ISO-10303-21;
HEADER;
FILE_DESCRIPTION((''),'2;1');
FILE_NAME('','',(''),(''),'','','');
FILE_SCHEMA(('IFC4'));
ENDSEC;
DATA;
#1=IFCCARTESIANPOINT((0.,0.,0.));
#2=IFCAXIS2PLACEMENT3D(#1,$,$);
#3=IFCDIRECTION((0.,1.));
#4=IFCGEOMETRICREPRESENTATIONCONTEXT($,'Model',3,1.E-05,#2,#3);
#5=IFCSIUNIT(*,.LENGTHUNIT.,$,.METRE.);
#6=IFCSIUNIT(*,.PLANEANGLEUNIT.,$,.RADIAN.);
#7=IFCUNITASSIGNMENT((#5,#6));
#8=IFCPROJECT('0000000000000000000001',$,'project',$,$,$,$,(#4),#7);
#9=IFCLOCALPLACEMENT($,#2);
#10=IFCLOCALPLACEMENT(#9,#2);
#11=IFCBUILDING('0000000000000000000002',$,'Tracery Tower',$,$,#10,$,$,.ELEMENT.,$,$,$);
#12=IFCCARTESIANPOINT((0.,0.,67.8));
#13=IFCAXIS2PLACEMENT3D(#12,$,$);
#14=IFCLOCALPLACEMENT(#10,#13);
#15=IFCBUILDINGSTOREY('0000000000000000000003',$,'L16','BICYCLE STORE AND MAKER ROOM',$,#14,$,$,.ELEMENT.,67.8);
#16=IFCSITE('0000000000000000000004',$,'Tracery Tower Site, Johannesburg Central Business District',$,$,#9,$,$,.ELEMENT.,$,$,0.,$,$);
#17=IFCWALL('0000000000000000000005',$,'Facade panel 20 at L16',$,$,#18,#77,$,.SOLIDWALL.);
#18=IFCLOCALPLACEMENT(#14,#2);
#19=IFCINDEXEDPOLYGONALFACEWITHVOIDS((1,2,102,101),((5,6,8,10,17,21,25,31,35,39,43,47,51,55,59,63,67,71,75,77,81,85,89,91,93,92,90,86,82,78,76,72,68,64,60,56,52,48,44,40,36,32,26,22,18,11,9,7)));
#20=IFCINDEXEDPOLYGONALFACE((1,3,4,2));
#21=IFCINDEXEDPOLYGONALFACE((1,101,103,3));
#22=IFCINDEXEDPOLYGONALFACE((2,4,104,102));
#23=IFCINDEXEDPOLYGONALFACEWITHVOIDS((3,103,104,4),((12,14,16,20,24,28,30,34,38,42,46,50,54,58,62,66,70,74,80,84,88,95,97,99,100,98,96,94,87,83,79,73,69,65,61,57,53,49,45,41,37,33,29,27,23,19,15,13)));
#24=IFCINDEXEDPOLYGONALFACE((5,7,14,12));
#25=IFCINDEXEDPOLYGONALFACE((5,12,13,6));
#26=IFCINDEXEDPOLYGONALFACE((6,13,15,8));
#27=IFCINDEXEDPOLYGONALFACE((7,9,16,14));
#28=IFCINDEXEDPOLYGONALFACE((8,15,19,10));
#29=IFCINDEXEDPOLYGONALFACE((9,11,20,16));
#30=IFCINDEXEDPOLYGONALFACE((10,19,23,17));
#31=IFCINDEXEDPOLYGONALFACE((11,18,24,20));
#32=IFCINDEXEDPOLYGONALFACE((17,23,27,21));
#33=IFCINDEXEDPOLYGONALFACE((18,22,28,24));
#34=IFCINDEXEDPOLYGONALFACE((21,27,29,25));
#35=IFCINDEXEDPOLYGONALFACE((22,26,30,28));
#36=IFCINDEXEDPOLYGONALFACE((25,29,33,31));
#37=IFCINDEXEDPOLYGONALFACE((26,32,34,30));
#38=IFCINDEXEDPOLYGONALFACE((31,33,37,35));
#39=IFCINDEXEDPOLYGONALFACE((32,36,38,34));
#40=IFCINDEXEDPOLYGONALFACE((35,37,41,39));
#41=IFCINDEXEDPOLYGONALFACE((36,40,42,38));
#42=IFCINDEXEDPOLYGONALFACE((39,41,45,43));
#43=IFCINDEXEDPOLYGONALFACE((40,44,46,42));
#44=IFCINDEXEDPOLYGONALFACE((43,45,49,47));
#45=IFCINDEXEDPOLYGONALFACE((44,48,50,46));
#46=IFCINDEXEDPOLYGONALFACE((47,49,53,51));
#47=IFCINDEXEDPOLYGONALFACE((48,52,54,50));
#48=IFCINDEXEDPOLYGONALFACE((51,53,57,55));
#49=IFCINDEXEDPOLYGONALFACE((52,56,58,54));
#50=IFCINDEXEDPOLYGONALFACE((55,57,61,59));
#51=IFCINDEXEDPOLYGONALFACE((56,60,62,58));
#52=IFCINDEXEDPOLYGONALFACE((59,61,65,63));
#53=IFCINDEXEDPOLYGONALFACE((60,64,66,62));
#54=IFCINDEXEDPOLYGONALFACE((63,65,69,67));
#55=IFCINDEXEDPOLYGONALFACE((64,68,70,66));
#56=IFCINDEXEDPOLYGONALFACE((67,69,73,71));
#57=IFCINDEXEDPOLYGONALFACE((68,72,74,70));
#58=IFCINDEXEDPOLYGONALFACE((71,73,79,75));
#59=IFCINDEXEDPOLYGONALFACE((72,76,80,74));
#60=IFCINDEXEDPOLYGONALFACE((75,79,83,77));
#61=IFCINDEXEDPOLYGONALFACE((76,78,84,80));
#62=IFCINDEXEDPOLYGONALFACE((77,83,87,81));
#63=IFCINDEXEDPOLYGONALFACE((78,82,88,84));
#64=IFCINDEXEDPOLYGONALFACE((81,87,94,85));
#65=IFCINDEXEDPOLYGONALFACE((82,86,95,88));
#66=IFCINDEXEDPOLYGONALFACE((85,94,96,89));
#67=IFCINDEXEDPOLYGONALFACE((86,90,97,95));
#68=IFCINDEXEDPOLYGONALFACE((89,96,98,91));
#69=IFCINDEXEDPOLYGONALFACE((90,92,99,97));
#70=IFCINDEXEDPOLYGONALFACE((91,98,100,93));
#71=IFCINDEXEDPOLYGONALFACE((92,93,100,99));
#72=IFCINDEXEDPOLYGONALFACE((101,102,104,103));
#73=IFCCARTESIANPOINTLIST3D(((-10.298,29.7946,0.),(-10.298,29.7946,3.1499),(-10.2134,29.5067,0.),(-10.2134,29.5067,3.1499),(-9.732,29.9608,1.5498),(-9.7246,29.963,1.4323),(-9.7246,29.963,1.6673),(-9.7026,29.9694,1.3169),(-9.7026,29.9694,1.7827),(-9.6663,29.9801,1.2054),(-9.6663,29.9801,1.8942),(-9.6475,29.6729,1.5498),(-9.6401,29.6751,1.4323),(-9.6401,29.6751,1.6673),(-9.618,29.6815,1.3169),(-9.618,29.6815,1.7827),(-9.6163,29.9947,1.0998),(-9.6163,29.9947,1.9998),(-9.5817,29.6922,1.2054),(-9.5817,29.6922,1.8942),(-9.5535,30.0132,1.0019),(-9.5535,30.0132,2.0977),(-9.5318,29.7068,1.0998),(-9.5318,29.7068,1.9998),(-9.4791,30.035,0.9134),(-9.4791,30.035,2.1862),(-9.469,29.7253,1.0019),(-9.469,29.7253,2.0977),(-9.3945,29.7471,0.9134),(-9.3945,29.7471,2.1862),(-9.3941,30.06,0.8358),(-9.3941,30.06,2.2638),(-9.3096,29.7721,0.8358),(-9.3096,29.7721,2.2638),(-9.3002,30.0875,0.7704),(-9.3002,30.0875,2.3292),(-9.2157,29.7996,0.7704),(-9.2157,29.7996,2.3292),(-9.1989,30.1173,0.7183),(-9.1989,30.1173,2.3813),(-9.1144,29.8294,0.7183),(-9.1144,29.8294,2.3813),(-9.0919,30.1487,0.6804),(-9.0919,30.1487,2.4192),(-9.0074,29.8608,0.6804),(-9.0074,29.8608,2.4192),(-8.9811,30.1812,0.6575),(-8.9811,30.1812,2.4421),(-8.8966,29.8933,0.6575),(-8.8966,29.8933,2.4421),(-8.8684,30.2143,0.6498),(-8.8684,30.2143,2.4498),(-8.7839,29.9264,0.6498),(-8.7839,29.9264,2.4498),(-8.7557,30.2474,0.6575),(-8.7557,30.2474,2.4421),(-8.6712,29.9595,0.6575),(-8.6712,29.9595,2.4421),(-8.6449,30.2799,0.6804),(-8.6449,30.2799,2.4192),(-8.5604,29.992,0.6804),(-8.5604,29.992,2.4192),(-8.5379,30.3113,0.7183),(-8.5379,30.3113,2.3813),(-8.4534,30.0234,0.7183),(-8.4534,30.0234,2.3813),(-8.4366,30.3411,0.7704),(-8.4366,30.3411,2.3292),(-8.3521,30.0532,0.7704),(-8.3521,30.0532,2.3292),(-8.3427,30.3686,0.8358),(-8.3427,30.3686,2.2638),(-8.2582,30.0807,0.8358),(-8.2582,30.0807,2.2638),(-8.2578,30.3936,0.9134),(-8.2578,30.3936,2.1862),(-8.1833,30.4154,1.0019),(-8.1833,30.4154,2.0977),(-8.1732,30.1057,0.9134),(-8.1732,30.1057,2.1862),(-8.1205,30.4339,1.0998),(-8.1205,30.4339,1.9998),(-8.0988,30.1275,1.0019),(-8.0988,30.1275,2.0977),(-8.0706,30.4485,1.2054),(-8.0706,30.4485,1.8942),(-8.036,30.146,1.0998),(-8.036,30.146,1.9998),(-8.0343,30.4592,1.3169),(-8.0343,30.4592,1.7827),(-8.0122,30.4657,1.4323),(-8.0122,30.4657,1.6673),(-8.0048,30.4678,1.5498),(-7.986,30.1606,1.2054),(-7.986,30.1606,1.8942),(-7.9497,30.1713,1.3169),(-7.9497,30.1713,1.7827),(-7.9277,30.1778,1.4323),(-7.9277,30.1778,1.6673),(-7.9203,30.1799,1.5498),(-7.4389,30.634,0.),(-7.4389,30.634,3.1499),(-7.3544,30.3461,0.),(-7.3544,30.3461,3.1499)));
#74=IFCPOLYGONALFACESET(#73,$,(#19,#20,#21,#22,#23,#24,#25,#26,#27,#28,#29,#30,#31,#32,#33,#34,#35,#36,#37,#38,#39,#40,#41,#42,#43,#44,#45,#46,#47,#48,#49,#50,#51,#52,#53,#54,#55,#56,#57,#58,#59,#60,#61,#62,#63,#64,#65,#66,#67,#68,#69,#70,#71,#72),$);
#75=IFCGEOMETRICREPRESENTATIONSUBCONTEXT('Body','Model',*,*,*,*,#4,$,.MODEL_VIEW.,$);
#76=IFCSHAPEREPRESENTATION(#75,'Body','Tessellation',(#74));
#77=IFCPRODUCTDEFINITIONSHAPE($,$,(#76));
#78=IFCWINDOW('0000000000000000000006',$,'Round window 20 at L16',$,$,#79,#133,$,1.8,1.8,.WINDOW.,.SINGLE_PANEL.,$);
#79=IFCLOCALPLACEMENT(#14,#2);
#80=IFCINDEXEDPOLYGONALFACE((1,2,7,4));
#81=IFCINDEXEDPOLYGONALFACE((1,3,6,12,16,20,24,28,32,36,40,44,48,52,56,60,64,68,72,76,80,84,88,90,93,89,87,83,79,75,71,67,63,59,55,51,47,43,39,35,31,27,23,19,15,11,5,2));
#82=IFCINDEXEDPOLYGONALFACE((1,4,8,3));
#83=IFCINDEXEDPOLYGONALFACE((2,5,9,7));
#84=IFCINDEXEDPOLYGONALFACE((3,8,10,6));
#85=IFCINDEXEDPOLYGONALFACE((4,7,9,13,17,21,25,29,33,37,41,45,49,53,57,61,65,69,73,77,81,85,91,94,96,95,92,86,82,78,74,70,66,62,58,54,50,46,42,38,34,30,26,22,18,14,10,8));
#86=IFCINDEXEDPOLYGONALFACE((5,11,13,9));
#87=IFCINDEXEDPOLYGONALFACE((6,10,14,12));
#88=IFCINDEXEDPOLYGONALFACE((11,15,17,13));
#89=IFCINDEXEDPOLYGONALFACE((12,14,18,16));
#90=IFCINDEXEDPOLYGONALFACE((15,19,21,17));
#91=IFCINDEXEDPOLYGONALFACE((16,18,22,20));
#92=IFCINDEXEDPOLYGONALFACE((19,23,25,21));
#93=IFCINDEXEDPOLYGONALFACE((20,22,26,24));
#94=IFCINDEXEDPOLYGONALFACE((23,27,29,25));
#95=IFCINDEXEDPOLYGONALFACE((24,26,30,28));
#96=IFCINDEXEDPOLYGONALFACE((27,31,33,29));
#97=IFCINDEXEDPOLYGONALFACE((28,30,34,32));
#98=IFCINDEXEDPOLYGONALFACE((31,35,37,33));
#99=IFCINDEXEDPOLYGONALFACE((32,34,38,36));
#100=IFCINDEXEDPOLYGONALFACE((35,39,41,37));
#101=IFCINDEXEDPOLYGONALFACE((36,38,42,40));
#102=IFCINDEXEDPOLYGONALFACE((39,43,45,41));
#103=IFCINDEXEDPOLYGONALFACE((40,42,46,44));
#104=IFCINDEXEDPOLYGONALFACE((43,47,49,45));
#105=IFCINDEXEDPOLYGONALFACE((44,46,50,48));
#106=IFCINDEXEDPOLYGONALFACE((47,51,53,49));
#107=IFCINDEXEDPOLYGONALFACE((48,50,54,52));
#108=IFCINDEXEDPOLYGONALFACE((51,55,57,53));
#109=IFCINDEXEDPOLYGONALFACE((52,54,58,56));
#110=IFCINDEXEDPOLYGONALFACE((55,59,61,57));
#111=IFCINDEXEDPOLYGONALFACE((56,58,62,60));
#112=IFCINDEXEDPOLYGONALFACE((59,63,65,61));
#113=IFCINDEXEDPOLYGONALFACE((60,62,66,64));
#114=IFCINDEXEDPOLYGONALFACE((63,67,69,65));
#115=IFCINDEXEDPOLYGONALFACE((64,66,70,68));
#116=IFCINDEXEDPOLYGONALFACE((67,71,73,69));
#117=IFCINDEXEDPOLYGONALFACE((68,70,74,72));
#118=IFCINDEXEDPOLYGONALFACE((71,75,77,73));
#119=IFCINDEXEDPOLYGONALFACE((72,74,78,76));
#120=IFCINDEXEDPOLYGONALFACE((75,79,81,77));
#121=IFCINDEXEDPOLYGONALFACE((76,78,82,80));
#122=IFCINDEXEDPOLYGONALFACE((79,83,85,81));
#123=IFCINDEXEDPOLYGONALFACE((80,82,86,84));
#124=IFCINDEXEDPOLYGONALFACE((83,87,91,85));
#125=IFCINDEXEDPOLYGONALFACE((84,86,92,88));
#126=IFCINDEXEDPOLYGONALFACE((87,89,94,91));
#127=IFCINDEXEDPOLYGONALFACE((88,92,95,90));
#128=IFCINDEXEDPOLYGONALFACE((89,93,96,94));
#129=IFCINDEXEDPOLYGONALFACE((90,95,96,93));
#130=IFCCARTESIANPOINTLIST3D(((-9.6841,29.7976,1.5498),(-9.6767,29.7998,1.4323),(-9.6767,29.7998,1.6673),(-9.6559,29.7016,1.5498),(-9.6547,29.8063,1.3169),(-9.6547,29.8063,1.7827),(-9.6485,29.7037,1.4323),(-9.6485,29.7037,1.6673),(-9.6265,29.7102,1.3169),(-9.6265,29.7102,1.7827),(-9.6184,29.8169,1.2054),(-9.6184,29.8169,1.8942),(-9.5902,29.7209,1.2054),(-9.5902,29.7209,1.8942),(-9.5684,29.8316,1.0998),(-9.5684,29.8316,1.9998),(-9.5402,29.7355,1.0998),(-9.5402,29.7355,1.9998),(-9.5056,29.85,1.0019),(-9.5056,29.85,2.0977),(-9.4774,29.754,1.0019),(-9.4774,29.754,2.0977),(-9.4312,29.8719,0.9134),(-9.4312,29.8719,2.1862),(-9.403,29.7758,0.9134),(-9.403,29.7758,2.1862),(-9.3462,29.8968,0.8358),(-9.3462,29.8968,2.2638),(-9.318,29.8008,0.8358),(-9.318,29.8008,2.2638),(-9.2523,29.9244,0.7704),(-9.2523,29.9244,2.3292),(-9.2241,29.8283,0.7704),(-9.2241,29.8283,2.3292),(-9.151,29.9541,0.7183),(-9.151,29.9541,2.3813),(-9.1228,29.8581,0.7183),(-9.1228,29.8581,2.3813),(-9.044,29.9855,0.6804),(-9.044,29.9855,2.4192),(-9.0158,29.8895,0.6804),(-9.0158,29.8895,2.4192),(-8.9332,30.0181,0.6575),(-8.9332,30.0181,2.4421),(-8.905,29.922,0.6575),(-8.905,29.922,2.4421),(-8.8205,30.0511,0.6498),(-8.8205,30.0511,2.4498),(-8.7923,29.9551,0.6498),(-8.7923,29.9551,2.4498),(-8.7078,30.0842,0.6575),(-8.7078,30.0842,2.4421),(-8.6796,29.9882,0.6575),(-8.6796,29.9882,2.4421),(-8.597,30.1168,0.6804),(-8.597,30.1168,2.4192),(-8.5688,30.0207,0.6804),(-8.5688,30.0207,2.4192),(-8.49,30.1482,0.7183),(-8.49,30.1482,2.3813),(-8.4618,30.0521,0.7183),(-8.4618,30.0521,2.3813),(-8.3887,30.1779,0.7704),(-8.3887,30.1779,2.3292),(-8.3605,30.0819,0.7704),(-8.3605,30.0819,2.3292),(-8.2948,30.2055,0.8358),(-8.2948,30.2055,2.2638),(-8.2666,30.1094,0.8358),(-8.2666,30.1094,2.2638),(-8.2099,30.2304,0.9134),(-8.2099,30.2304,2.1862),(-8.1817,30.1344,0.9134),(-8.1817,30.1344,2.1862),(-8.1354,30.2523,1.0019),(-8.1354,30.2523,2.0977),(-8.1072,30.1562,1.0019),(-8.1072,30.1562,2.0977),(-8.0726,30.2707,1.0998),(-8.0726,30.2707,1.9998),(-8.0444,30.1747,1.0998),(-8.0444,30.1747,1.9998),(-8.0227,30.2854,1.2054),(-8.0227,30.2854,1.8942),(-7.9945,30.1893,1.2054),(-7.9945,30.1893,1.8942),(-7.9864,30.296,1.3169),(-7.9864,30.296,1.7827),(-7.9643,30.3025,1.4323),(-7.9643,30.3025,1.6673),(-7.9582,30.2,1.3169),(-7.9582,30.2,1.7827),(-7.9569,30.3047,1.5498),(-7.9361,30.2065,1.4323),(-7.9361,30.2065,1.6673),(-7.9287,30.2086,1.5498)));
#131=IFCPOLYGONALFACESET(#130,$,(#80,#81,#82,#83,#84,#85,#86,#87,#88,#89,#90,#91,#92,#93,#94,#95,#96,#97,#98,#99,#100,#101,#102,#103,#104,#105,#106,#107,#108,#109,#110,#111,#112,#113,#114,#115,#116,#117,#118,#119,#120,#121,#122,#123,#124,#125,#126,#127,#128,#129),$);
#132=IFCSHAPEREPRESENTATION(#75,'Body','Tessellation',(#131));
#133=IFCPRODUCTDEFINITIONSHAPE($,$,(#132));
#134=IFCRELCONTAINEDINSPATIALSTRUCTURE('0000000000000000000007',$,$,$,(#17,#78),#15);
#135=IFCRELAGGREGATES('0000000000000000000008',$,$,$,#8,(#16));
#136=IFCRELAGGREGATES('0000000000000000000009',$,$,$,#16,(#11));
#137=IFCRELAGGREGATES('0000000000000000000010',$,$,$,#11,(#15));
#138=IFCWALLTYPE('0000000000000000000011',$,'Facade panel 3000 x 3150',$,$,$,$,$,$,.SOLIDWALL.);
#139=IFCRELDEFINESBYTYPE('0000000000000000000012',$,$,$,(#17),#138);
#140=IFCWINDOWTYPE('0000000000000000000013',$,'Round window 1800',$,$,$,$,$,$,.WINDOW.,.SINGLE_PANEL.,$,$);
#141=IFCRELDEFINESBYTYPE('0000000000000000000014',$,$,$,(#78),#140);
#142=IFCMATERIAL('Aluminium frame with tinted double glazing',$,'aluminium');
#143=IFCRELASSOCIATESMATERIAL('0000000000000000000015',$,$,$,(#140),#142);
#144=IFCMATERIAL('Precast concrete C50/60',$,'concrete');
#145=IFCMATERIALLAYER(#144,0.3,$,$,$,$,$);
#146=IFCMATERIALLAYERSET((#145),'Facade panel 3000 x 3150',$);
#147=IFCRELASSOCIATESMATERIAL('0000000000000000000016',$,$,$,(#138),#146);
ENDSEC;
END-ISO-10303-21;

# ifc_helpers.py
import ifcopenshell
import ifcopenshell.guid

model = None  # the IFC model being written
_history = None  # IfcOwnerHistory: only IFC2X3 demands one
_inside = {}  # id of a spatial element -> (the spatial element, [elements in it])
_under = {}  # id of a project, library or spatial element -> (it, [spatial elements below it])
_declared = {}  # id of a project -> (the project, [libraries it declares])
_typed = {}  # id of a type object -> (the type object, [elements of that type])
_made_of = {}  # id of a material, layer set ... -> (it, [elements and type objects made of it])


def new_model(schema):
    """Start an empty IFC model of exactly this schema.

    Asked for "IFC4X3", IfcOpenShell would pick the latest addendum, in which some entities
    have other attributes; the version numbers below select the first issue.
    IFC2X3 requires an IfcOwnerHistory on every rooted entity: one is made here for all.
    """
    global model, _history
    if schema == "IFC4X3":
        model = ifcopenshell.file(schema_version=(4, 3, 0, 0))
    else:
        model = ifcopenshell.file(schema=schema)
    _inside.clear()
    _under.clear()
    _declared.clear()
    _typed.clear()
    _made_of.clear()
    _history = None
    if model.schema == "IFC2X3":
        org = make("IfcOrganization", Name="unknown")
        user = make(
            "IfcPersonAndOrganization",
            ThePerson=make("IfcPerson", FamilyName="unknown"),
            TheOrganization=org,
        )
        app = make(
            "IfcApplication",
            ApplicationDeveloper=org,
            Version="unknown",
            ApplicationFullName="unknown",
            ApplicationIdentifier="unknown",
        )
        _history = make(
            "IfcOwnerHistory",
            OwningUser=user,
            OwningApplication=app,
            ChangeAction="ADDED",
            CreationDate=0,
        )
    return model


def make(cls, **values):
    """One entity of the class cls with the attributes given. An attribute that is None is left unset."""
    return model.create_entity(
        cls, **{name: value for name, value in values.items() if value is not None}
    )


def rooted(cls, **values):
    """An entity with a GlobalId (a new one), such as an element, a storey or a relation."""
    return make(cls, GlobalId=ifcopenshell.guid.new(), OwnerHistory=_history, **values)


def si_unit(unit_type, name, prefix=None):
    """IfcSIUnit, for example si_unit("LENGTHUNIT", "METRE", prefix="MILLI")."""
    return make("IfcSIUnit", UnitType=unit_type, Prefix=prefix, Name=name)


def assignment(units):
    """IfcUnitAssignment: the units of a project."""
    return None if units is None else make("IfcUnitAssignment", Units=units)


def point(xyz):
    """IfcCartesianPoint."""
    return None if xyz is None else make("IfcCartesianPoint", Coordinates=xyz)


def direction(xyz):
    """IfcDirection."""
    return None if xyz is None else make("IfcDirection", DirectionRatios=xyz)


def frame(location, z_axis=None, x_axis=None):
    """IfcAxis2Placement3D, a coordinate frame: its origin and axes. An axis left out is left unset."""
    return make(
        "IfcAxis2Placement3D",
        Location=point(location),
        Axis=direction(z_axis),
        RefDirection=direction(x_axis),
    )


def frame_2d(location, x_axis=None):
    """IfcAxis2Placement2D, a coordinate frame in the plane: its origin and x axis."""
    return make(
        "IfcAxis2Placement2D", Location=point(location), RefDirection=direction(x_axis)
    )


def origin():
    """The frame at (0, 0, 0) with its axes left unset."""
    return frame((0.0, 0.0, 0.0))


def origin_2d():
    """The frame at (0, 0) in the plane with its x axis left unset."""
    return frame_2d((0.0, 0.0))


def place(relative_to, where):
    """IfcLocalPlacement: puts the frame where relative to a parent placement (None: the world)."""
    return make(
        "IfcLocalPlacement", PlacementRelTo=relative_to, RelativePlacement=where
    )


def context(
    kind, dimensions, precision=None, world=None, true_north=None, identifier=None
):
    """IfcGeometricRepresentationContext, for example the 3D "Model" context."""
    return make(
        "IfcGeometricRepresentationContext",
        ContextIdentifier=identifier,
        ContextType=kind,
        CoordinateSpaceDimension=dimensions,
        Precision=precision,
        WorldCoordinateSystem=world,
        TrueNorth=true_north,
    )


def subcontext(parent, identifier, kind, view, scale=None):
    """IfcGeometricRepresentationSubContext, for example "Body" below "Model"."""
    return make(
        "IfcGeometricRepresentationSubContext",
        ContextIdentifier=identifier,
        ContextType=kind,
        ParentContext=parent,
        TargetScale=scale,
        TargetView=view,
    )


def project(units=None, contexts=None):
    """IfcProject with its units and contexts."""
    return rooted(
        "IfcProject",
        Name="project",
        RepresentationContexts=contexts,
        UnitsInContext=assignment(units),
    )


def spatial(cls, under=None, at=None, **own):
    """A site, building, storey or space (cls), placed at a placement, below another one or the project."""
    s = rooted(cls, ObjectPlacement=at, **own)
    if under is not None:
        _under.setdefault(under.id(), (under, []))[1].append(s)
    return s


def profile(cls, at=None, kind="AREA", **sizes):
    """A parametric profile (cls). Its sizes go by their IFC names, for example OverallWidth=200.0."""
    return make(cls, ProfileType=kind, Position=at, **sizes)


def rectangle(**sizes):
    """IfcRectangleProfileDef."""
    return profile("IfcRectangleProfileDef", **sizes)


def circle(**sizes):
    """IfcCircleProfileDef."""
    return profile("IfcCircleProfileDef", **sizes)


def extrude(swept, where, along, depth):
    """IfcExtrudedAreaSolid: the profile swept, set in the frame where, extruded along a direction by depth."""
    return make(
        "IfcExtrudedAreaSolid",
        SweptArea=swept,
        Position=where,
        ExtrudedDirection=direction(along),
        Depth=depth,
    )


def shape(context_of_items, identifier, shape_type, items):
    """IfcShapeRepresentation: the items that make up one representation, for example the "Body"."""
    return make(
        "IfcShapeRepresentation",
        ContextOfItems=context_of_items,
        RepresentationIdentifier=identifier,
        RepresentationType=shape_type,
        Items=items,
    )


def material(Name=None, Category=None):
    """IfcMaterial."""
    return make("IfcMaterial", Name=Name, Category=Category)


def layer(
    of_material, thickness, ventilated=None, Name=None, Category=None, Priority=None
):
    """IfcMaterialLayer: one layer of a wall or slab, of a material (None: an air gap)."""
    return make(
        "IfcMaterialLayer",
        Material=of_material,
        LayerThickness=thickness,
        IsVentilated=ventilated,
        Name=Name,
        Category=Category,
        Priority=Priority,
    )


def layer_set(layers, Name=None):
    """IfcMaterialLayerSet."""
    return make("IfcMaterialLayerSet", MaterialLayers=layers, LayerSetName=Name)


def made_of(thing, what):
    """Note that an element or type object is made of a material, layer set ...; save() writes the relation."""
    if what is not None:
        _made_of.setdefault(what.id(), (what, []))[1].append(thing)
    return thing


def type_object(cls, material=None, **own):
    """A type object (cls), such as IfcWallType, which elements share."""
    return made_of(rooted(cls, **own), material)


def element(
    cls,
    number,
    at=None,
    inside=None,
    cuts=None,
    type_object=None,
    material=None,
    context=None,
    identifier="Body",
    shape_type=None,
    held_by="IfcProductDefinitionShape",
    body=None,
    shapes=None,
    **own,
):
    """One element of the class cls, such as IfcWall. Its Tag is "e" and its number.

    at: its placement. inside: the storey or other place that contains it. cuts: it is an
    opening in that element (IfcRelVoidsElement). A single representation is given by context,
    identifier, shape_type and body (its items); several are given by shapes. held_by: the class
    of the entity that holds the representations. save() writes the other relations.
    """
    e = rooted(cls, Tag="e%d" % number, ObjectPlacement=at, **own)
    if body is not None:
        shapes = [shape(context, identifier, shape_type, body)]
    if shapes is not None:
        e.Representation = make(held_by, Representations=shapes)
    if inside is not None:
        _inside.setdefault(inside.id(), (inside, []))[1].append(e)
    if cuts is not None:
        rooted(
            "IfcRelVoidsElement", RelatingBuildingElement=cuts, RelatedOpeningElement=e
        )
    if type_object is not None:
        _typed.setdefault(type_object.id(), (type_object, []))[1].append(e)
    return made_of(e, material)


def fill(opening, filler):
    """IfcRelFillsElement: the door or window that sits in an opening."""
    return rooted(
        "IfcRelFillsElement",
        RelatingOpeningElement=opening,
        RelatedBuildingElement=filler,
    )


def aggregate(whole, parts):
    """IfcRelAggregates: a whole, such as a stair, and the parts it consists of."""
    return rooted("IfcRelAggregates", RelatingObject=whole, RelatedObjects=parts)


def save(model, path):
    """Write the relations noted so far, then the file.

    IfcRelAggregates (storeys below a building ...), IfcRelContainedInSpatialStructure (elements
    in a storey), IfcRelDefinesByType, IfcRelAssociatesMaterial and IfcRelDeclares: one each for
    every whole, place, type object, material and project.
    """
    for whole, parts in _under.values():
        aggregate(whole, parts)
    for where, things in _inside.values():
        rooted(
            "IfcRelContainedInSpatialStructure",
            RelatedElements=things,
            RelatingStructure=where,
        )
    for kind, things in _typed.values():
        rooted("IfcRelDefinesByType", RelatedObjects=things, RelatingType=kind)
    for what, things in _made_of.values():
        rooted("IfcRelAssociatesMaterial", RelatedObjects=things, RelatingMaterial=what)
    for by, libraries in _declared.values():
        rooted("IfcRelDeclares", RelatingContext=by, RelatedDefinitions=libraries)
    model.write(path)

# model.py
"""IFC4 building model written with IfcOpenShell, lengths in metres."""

from ifc_helpers import new_model, si_unit, direction, frame, frame_2d, origin, origin_2d, place, context, subcontext, project, spatial, rectangle, circle, extrude, material, layer, layer_set, type_object, element, fill, save


model = new_model("IFC4")

# Units and contexts
model_context = context("Model", 3, precision=1e-05, world=origin(), true_north=direction((0.0, 1.0)))
body_context = subcontext(model_context, "Body", "Model", "MODEL_VIEW")
ifc_project = project(units=[si_unit("LENGTHUNIT", "METRE"), si_unit("PLANEANGLEUNIT", "RADIAN")], contexts=[model_context])

# Site, building, storey
site_placement = place(None, origin())
site = spatial("IfcSite", under=ifc_project, at=site_placement, Name="Tracery Tower Site, Johannesburg Central Business District", CompositionType="ELEMENT", RefElevation=0.0)
building_placement = place(site_placement, origin())
building = spatial("IfcBuilding", under=site, at=building_placement, Name="Tracery Tower", CompositionType="ELEMENT")
storey_placement = place(building_placement, frame((0.0, 0.0, 67.8)))
storey = spatial("IfcBuildingStorey", under=building, at=storey_placement, Name="L16", Description="BICYCLE STORE AND MAKER ROOM", CompositionType="ELEMENT", Elevation=67.8)

# Wall, opening, window
ifc_material_1 = material(Name="Aluminium frame with tinted double glazing", Category="aluminium")
window_type = type_object("IfcWindowType", Name="Round window 1800", PartitioningType="SINGLE_PANEL", PredefinedType="WINDOW", material=ifc_material_1)
ifc_material_2 = material(Name="Precast concrete C50/60", Category="concrete")
ifc_layer_1 = layer(ifc_material_2, 0.3)
ifc_layer_set_1 = layer_set([ifc_layer_1], Name="Facade panel 3000 x 3150")
wall_type_1 = type_object("IfcWallType", Name="Facade panel 3000 x 3150", PredefinedType="SOLIDWALL", material=ifc_layer_set_1)
wall_1_placement = place(storey_placement, frame((-7.3967, 30.49, 0.0), z_axis=(0.0, 0.0, 1.0), x_axis=(-0.959508, -0.281683, 0.0)))
wall_1 = element("IfcWall", 1, at=wall_1_placement, inside=storey, type_object=wall_type_1, Name="Facade panel 20 at L16", PredefinedType="SOLIDWALL", context=body_context, shape_type="SweptSolid", body=[
    extrude(rectangle(XDim=2.9797, YDim=0.3, at=frame_2d((1.4897, 0.0))), origin(), (0.0, 0.0, 1.0), 3.1499),
])
opening_1_placement = place(wall_1_placement, frame((1.4897, 0.0, 1.5498)))
opening_1 = element("IfcOpeningElement", 2, at=opening_1_placement, cuts=wall_1, PredefinedType="OPENING", context=body_context, shape_type="SweptSolid", body=[
    extrude(circle(Radius=0.9, at=origin_2d()), frame((0.0, 0.1599, 0.0), z_axis=(0.0, -1.0, 0.0), x_axis=(1.0, 0.0, 0.0)), (0.0, 0.0, 1.0), 0.3201),
])
window_1_placement = place(opening_1_placement, origin())
window_1 = element("IfcWindow", 3, at=window_1_placement, inside=storey, type_object=window_type, Name="Round window 20 at L16", OverallHeight=1.8, OverallWidth=1.8, PartitioningType="SINGLE_PANEL", PredefinedType="WINDOW", context=body_context, shape_type="SweptSolid", body=[
    extrude(circle(Radius=0.9, at=origin_2d()), frame((0.0, 0.1201, 0.0), z_axis=(0.0, -1.0, 0.0), x_axis=(1.0, 0.0, 0.0)), (0.0, 0.0, 1.0), 0.1001),
])
fill(opening_1, window_1)

save(model, "model.ifc")
